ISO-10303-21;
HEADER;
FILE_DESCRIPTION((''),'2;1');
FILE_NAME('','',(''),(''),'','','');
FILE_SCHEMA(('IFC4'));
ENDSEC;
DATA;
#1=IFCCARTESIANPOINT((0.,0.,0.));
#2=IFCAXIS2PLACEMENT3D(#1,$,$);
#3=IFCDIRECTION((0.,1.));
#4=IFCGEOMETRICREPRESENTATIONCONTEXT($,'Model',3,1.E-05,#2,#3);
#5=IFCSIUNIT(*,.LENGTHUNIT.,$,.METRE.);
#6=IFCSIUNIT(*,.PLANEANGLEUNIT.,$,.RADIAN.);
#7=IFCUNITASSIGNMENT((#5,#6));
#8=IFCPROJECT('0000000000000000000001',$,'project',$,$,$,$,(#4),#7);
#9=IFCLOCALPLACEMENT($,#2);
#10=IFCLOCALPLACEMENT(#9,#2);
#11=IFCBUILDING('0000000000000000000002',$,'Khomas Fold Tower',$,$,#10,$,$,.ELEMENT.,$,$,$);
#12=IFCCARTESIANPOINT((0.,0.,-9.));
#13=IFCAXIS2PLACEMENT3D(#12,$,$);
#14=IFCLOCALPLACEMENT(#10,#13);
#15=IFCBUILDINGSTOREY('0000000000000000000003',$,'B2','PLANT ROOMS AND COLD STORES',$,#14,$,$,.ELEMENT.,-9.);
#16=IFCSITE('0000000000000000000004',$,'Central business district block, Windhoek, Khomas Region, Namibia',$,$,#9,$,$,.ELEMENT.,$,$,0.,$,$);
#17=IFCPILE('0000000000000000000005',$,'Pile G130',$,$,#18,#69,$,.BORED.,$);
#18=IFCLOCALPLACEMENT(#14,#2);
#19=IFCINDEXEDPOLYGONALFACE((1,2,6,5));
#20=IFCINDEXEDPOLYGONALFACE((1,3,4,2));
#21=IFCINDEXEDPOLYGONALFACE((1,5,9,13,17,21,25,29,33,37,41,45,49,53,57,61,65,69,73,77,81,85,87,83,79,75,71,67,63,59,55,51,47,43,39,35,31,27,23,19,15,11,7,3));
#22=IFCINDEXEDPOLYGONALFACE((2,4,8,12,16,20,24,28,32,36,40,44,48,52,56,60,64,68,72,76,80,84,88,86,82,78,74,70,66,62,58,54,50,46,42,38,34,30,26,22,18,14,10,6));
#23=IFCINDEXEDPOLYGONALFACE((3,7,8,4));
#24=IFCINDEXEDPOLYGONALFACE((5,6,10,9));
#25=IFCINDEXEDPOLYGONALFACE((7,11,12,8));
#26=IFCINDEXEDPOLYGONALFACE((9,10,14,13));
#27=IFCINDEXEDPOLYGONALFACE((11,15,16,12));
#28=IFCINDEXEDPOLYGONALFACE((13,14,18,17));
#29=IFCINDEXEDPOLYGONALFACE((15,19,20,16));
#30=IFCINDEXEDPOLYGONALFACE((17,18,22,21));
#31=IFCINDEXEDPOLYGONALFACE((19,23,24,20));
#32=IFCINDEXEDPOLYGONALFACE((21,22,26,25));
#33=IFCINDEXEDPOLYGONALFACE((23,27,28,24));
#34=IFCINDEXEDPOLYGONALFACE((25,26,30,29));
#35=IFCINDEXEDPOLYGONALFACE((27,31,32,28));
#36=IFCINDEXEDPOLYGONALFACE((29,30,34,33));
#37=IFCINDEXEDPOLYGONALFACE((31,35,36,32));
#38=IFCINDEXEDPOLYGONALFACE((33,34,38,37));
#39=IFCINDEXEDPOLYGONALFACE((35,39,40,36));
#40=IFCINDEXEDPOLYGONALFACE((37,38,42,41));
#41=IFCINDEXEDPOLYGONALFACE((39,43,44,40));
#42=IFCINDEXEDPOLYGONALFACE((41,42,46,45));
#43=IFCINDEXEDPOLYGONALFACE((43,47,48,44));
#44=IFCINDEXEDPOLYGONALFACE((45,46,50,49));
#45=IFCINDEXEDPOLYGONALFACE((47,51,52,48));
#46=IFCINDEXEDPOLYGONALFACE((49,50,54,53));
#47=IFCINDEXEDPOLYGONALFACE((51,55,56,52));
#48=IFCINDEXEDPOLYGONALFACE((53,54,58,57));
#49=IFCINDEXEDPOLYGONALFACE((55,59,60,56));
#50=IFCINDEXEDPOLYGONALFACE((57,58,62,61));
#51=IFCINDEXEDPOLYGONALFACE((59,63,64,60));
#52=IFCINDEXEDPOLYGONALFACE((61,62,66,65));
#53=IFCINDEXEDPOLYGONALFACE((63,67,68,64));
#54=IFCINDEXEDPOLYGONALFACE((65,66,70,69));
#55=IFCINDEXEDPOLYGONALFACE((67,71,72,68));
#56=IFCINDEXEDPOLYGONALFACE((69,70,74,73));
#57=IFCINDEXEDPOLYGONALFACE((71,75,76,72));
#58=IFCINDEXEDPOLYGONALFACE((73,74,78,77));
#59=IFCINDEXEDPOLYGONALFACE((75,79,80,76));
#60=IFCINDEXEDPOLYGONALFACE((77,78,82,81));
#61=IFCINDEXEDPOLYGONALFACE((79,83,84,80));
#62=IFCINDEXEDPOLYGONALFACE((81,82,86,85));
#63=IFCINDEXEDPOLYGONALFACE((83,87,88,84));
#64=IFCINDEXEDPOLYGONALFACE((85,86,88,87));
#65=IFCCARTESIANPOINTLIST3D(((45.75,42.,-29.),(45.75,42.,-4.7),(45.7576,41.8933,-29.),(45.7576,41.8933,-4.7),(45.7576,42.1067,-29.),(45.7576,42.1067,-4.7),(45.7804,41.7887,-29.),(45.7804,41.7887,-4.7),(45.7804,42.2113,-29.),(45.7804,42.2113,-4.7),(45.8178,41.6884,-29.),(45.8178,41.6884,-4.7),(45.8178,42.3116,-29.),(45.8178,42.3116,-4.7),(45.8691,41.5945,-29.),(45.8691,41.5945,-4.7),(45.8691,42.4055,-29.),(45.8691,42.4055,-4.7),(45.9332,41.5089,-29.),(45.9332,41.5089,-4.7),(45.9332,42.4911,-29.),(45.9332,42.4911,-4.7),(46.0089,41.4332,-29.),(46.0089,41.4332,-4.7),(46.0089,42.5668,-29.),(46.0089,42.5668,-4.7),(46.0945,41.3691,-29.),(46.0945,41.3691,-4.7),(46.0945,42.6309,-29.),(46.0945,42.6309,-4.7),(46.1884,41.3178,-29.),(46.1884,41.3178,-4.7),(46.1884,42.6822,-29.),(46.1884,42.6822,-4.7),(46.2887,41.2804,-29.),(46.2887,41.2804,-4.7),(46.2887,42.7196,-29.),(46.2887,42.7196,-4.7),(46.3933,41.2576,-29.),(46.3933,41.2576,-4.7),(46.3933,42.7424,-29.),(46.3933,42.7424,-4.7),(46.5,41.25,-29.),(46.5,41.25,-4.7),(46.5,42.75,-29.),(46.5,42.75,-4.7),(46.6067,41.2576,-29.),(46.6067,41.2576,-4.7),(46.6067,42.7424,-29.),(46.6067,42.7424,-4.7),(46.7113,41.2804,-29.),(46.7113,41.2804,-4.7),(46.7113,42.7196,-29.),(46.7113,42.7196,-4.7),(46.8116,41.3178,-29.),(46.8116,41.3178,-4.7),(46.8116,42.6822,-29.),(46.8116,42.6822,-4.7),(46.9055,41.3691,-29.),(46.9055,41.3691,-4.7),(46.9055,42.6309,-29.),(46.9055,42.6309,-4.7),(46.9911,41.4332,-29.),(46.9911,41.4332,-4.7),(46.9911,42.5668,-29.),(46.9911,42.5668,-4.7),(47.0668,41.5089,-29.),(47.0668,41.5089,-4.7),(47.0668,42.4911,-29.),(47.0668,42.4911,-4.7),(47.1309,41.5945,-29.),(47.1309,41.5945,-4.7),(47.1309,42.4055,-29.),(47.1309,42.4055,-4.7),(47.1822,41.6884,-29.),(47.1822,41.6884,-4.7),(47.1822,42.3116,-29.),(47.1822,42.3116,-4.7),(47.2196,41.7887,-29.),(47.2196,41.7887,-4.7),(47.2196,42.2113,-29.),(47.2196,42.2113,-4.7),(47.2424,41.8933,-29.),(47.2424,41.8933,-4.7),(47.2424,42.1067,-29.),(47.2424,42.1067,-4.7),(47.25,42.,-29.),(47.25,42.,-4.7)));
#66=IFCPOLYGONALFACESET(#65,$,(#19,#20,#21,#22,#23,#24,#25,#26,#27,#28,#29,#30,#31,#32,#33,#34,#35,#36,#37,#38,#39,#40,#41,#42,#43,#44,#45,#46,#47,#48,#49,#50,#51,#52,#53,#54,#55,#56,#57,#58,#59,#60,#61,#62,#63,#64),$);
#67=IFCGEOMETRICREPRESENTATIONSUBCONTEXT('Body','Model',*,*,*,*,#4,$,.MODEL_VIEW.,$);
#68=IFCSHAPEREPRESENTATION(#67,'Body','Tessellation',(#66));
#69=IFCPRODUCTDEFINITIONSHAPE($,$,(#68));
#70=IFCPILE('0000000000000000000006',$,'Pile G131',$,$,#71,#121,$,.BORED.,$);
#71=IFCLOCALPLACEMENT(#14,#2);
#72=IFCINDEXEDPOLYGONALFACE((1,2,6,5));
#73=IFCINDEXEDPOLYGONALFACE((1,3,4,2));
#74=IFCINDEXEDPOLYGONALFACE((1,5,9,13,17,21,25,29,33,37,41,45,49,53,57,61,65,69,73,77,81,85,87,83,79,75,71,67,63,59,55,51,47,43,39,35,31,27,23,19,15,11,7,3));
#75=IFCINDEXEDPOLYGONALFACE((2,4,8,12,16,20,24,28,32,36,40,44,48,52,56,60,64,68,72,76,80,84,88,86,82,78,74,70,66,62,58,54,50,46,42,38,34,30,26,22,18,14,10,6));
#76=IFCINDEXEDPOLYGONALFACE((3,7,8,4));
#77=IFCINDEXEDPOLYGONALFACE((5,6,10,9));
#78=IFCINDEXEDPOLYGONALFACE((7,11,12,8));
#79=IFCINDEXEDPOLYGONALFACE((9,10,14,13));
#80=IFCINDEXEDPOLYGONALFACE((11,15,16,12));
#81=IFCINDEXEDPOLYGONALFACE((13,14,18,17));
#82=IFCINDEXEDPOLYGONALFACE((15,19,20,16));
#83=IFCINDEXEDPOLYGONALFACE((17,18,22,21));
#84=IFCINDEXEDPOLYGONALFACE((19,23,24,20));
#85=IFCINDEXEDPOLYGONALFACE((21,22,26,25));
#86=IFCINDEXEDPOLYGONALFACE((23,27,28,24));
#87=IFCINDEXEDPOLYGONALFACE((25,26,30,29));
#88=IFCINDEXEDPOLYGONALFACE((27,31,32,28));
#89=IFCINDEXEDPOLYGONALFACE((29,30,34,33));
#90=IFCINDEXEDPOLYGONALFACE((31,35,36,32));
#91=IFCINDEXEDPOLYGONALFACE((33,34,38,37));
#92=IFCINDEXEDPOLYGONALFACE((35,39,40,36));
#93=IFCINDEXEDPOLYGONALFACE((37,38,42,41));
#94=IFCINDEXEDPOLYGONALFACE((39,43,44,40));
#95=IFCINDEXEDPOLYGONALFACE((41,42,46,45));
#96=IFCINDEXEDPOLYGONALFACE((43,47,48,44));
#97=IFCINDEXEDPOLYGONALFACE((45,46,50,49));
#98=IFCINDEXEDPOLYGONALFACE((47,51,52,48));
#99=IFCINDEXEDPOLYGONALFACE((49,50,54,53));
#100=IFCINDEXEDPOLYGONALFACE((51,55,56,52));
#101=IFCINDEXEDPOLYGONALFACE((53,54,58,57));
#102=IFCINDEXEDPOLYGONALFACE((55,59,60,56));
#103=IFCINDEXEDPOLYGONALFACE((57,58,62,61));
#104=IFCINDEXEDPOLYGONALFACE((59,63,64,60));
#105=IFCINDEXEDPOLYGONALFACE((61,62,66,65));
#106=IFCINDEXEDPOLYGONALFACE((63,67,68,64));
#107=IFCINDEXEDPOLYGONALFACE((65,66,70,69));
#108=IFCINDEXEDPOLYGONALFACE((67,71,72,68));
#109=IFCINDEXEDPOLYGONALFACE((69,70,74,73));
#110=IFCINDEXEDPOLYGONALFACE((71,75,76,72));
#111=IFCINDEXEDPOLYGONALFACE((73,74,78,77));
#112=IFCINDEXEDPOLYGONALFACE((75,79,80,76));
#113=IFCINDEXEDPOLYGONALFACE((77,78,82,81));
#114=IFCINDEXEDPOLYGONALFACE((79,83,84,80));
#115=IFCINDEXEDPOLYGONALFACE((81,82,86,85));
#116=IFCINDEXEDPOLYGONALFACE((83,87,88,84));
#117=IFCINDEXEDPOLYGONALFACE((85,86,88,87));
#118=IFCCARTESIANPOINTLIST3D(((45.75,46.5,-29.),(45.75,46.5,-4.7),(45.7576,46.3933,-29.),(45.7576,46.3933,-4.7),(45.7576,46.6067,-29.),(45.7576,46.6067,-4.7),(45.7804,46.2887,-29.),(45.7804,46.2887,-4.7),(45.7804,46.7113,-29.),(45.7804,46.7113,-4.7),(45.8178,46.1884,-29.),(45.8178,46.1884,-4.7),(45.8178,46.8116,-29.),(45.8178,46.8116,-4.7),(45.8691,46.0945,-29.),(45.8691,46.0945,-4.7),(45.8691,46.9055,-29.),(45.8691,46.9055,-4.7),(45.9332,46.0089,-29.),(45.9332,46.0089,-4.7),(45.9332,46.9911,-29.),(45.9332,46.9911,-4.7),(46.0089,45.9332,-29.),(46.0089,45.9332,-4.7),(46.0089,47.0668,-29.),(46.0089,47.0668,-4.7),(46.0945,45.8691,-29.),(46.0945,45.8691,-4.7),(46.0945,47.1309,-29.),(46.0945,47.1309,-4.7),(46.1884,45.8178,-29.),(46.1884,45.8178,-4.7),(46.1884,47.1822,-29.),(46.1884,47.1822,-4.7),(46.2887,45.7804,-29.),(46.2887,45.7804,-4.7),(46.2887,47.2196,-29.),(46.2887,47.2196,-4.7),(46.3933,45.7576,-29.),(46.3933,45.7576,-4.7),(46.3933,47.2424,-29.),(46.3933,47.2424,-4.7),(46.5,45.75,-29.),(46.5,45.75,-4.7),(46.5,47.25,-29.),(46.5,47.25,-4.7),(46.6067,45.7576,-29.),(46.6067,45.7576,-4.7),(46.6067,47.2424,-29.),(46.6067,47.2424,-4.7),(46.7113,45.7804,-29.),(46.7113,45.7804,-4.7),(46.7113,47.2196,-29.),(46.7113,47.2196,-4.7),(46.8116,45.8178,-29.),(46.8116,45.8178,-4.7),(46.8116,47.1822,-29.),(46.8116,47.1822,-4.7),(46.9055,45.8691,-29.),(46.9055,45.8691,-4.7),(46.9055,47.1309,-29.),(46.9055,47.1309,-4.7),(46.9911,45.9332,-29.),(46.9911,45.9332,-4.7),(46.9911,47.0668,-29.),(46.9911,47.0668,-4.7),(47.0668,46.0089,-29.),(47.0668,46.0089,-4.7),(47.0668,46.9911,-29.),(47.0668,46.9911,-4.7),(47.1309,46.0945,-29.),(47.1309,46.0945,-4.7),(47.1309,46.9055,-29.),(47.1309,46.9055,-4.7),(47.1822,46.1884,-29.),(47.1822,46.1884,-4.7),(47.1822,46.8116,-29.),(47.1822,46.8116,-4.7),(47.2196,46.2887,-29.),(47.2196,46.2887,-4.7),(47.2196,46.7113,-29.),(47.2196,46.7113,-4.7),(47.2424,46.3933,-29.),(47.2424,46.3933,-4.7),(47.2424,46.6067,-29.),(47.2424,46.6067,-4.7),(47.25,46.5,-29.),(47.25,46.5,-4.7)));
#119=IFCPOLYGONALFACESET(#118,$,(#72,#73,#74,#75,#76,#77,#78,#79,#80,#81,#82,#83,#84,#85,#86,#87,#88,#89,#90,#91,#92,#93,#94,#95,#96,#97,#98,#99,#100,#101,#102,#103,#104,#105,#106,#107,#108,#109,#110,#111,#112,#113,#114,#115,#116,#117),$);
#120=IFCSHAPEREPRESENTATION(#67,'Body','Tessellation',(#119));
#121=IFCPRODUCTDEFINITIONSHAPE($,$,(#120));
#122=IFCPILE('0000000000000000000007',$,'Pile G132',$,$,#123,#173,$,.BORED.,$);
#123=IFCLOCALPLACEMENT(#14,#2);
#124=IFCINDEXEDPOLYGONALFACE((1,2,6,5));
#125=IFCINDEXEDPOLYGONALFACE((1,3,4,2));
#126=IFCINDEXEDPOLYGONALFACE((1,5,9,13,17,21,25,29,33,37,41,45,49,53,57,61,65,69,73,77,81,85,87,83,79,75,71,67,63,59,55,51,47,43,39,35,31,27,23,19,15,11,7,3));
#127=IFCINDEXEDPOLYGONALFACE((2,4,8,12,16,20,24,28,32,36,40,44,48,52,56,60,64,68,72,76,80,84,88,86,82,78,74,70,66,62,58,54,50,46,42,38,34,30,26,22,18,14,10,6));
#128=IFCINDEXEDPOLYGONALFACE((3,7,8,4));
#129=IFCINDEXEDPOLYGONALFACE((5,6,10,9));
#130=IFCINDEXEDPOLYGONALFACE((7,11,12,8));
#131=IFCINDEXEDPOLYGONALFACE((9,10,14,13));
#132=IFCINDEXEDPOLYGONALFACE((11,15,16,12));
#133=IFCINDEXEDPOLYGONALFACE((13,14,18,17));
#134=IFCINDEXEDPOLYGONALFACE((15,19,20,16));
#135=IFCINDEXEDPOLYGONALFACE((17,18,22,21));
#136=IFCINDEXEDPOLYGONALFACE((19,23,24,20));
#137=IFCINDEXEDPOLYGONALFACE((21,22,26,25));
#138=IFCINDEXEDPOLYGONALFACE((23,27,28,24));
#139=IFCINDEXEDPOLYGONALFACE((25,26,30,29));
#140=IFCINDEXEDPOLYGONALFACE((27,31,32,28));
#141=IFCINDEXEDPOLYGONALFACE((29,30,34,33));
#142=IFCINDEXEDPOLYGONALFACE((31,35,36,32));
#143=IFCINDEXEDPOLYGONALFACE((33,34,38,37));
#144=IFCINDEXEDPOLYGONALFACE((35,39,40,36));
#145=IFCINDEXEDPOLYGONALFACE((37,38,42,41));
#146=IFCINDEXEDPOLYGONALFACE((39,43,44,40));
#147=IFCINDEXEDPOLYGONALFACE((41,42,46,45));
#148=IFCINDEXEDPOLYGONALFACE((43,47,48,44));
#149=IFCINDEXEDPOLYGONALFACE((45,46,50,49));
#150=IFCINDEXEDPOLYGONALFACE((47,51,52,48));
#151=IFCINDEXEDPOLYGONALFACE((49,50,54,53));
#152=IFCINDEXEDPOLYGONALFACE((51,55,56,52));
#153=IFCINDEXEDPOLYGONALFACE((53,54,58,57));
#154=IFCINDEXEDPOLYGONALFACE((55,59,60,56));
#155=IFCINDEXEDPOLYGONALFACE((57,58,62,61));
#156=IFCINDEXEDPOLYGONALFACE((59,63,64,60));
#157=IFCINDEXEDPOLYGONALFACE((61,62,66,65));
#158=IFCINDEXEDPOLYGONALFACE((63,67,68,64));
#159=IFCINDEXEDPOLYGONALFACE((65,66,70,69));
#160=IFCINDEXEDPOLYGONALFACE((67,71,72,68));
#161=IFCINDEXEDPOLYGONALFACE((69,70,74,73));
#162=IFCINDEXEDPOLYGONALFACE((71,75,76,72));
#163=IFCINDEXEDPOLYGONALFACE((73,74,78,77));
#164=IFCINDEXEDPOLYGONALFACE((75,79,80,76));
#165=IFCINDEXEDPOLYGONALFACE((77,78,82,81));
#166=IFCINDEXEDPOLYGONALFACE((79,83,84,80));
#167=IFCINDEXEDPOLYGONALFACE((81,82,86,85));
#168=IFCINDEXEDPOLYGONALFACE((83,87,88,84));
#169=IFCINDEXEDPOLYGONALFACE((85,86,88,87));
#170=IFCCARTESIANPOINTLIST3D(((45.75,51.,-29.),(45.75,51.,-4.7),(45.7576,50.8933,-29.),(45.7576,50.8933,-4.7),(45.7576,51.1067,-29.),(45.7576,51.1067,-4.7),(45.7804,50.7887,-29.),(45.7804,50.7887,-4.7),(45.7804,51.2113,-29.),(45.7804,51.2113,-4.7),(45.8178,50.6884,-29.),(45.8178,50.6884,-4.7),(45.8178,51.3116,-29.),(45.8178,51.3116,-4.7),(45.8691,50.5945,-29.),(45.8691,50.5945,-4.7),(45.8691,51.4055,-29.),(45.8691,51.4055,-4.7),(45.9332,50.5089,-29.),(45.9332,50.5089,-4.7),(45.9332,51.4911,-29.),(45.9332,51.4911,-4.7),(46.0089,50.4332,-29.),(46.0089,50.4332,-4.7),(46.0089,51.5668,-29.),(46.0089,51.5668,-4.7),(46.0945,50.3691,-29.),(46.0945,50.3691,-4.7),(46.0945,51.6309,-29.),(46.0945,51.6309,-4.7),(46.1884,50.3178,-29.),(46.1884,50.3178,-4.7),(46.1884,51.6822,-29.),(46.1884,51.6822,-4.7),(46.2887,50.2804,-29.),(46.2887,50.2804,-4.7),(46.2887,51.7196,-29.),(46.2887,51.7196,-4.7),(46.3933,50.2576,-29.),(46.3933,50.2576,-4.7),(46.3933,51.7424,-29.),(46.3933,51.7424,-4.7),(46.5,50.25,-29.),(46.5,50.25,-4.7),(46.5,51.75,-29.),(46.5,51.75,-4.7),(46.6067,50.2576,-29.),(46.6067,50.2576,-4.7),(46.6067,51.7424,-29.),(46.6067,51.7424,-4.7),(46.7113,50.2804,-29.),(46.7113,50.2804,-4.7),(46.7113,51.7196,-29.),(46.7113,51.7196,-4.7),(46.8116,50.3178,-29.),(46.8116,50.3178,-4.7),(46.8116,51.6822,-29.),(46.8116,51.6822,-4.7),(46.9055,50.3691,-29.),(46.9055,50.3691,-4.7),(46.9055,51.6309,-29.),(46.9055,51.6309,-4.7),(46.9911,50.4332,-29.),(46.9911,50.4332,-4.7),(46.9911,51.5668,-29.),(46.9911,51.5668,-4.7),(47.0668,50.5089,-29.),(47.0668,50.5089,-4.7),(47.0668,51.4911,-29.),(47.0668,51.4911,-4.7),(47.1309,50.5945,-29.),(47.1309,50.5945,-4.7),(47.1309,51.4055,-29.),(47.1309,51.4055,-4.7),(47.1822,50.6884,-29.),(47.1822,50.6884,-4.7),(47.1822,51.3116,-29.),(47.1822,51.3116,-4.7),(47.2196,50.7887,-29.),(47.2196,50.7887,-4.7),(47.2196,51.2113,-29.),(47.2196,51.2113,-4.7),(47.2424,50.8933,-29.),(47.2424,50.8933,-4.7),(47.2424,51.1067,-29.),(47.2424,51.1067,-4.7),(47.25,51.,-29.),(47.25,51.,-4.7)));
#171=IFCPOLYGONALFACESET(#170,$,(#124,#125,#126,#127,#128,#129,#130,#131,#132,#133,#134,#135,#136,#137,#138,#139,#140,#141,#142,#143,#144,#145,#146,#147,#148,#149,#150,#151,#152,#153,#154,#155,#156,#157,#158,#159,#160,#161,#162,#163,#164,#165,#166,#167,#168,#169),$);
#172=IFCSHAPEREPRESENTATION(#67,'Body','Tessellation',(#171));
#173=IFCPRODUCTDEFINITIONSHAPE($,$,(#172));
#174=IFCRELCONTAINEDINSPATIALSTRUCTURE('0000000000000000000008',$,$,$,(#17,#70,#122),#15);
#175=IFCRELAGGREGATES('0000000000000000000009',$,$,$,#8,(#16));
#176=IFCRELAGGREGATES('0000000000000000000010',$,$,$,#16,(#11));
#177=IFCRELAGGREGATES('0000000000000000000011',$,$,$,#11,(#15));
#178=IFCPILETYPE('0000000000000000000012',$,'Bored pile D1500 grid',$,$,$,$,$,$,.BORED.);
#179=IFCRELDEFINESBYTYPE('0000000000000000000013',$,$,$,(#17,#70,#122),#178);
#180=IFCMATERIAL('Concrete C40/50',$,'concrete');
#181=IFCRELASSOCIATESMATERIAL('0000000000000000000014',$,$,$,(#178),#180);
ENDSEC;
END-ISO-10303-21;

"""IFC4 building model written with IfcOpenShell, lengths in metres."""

from ifc_helpers import new_model, si_unit, direction, frame, origin, origin_2d, place, context, subcontext, project, spatial, circle, extrude, source, transform, mapped, material, material_profile, profile_set, type_object, element, save


model = new_model("IFC4")

# Units and contexts
model_context = context("Model", 3, precision=1e-05, world=origin(), true_north=direction((0.0, 1.0)))
body_context = subcontext(model_context, "Body", "Model", "MODEL_VIEW")
ifc_project = project(units=[si_unit("LENGTHUNIT", "METRE"), si_unit("PLANEANGLEUNIT", "RADIAN")], contexts=[model_context])

# Site, building, storey
site_placement = place(None, origin())
site = spatial("IfcSite", under=ifc_project, at=site_placement, Name="Central business district block, Windhoek, Khomas Region, Namibia", CompositionType="ELEMENT", RefElevation=0.0)
building_placement = place(site_placement, origin())
building = spatial("IfcBuilding", under=site, at=building_placement, Name="Khomas Fold Tower", CompositionType="ELEMENT")
storey_placement = place(building_placement, frame((0.0, 0.0, -9.0)))
storey = spatial("IfcBuildingStorey", under=building, at=storey_placement, Name="B2", Description="PLANT ROOMS AND COLD STORES", CompositionType="ELEMENT", Elevation=-9.0)

# Piles
ifc_material_1 = material(Name="Concrete C40/50", Category="concrete")
ifc_material_profile_1 = material_profile(ifc_material_1, circle(Radius=0.75, at=origin_2d()), Name="PILE D1500")
ifc_profile_set_1 = profile_set([ifc_material_profile_1], Name="Concrete C40/50")
pile_type = type_object("IfcPileType", Name="Bored pile D1500 grid", PredefinedType="BORED", material=ifc_profile_set_1)
shared_shape_1 = source(origin(), body_context, "Body", "SweptSolid", [
    extrude(circle(Radius=0.75, at=origin_2d()), origin(), (0.0, 0.0, 1.0), 24.3),
])
for number, where, z_axis, x_axis, name in (
    (1, (46.5, 42.0, -4.7), (0.0, 0.0, -1.0), (1.0, 0.0, 0.0), "Pile G130"),
    (2, (46.5, 46.5, -4.7), (0.0, 0.0, -1.0), (1.0, 0.0, 0.0), "Pile G131"),
    (3, (46.5, 51.0, -4.7), (0.0, 0.0, -1.0), (1.0, 0.0, 0.0), "Pile G132"),
):
    element("IfcPile", number, at=place(storey_placement, frame(where, z_axis=z_axis, x_axis=x_axis)), inside=storey, type_object=pile_type, Name=name, PredefinedType="BORED", context=body_context, shape_type="MappedRepresentation", body=[
        mapped(shared_shape_1, transform((0.0, 0.0, 0.0))),
    ])

save(model, "model.ifc")
